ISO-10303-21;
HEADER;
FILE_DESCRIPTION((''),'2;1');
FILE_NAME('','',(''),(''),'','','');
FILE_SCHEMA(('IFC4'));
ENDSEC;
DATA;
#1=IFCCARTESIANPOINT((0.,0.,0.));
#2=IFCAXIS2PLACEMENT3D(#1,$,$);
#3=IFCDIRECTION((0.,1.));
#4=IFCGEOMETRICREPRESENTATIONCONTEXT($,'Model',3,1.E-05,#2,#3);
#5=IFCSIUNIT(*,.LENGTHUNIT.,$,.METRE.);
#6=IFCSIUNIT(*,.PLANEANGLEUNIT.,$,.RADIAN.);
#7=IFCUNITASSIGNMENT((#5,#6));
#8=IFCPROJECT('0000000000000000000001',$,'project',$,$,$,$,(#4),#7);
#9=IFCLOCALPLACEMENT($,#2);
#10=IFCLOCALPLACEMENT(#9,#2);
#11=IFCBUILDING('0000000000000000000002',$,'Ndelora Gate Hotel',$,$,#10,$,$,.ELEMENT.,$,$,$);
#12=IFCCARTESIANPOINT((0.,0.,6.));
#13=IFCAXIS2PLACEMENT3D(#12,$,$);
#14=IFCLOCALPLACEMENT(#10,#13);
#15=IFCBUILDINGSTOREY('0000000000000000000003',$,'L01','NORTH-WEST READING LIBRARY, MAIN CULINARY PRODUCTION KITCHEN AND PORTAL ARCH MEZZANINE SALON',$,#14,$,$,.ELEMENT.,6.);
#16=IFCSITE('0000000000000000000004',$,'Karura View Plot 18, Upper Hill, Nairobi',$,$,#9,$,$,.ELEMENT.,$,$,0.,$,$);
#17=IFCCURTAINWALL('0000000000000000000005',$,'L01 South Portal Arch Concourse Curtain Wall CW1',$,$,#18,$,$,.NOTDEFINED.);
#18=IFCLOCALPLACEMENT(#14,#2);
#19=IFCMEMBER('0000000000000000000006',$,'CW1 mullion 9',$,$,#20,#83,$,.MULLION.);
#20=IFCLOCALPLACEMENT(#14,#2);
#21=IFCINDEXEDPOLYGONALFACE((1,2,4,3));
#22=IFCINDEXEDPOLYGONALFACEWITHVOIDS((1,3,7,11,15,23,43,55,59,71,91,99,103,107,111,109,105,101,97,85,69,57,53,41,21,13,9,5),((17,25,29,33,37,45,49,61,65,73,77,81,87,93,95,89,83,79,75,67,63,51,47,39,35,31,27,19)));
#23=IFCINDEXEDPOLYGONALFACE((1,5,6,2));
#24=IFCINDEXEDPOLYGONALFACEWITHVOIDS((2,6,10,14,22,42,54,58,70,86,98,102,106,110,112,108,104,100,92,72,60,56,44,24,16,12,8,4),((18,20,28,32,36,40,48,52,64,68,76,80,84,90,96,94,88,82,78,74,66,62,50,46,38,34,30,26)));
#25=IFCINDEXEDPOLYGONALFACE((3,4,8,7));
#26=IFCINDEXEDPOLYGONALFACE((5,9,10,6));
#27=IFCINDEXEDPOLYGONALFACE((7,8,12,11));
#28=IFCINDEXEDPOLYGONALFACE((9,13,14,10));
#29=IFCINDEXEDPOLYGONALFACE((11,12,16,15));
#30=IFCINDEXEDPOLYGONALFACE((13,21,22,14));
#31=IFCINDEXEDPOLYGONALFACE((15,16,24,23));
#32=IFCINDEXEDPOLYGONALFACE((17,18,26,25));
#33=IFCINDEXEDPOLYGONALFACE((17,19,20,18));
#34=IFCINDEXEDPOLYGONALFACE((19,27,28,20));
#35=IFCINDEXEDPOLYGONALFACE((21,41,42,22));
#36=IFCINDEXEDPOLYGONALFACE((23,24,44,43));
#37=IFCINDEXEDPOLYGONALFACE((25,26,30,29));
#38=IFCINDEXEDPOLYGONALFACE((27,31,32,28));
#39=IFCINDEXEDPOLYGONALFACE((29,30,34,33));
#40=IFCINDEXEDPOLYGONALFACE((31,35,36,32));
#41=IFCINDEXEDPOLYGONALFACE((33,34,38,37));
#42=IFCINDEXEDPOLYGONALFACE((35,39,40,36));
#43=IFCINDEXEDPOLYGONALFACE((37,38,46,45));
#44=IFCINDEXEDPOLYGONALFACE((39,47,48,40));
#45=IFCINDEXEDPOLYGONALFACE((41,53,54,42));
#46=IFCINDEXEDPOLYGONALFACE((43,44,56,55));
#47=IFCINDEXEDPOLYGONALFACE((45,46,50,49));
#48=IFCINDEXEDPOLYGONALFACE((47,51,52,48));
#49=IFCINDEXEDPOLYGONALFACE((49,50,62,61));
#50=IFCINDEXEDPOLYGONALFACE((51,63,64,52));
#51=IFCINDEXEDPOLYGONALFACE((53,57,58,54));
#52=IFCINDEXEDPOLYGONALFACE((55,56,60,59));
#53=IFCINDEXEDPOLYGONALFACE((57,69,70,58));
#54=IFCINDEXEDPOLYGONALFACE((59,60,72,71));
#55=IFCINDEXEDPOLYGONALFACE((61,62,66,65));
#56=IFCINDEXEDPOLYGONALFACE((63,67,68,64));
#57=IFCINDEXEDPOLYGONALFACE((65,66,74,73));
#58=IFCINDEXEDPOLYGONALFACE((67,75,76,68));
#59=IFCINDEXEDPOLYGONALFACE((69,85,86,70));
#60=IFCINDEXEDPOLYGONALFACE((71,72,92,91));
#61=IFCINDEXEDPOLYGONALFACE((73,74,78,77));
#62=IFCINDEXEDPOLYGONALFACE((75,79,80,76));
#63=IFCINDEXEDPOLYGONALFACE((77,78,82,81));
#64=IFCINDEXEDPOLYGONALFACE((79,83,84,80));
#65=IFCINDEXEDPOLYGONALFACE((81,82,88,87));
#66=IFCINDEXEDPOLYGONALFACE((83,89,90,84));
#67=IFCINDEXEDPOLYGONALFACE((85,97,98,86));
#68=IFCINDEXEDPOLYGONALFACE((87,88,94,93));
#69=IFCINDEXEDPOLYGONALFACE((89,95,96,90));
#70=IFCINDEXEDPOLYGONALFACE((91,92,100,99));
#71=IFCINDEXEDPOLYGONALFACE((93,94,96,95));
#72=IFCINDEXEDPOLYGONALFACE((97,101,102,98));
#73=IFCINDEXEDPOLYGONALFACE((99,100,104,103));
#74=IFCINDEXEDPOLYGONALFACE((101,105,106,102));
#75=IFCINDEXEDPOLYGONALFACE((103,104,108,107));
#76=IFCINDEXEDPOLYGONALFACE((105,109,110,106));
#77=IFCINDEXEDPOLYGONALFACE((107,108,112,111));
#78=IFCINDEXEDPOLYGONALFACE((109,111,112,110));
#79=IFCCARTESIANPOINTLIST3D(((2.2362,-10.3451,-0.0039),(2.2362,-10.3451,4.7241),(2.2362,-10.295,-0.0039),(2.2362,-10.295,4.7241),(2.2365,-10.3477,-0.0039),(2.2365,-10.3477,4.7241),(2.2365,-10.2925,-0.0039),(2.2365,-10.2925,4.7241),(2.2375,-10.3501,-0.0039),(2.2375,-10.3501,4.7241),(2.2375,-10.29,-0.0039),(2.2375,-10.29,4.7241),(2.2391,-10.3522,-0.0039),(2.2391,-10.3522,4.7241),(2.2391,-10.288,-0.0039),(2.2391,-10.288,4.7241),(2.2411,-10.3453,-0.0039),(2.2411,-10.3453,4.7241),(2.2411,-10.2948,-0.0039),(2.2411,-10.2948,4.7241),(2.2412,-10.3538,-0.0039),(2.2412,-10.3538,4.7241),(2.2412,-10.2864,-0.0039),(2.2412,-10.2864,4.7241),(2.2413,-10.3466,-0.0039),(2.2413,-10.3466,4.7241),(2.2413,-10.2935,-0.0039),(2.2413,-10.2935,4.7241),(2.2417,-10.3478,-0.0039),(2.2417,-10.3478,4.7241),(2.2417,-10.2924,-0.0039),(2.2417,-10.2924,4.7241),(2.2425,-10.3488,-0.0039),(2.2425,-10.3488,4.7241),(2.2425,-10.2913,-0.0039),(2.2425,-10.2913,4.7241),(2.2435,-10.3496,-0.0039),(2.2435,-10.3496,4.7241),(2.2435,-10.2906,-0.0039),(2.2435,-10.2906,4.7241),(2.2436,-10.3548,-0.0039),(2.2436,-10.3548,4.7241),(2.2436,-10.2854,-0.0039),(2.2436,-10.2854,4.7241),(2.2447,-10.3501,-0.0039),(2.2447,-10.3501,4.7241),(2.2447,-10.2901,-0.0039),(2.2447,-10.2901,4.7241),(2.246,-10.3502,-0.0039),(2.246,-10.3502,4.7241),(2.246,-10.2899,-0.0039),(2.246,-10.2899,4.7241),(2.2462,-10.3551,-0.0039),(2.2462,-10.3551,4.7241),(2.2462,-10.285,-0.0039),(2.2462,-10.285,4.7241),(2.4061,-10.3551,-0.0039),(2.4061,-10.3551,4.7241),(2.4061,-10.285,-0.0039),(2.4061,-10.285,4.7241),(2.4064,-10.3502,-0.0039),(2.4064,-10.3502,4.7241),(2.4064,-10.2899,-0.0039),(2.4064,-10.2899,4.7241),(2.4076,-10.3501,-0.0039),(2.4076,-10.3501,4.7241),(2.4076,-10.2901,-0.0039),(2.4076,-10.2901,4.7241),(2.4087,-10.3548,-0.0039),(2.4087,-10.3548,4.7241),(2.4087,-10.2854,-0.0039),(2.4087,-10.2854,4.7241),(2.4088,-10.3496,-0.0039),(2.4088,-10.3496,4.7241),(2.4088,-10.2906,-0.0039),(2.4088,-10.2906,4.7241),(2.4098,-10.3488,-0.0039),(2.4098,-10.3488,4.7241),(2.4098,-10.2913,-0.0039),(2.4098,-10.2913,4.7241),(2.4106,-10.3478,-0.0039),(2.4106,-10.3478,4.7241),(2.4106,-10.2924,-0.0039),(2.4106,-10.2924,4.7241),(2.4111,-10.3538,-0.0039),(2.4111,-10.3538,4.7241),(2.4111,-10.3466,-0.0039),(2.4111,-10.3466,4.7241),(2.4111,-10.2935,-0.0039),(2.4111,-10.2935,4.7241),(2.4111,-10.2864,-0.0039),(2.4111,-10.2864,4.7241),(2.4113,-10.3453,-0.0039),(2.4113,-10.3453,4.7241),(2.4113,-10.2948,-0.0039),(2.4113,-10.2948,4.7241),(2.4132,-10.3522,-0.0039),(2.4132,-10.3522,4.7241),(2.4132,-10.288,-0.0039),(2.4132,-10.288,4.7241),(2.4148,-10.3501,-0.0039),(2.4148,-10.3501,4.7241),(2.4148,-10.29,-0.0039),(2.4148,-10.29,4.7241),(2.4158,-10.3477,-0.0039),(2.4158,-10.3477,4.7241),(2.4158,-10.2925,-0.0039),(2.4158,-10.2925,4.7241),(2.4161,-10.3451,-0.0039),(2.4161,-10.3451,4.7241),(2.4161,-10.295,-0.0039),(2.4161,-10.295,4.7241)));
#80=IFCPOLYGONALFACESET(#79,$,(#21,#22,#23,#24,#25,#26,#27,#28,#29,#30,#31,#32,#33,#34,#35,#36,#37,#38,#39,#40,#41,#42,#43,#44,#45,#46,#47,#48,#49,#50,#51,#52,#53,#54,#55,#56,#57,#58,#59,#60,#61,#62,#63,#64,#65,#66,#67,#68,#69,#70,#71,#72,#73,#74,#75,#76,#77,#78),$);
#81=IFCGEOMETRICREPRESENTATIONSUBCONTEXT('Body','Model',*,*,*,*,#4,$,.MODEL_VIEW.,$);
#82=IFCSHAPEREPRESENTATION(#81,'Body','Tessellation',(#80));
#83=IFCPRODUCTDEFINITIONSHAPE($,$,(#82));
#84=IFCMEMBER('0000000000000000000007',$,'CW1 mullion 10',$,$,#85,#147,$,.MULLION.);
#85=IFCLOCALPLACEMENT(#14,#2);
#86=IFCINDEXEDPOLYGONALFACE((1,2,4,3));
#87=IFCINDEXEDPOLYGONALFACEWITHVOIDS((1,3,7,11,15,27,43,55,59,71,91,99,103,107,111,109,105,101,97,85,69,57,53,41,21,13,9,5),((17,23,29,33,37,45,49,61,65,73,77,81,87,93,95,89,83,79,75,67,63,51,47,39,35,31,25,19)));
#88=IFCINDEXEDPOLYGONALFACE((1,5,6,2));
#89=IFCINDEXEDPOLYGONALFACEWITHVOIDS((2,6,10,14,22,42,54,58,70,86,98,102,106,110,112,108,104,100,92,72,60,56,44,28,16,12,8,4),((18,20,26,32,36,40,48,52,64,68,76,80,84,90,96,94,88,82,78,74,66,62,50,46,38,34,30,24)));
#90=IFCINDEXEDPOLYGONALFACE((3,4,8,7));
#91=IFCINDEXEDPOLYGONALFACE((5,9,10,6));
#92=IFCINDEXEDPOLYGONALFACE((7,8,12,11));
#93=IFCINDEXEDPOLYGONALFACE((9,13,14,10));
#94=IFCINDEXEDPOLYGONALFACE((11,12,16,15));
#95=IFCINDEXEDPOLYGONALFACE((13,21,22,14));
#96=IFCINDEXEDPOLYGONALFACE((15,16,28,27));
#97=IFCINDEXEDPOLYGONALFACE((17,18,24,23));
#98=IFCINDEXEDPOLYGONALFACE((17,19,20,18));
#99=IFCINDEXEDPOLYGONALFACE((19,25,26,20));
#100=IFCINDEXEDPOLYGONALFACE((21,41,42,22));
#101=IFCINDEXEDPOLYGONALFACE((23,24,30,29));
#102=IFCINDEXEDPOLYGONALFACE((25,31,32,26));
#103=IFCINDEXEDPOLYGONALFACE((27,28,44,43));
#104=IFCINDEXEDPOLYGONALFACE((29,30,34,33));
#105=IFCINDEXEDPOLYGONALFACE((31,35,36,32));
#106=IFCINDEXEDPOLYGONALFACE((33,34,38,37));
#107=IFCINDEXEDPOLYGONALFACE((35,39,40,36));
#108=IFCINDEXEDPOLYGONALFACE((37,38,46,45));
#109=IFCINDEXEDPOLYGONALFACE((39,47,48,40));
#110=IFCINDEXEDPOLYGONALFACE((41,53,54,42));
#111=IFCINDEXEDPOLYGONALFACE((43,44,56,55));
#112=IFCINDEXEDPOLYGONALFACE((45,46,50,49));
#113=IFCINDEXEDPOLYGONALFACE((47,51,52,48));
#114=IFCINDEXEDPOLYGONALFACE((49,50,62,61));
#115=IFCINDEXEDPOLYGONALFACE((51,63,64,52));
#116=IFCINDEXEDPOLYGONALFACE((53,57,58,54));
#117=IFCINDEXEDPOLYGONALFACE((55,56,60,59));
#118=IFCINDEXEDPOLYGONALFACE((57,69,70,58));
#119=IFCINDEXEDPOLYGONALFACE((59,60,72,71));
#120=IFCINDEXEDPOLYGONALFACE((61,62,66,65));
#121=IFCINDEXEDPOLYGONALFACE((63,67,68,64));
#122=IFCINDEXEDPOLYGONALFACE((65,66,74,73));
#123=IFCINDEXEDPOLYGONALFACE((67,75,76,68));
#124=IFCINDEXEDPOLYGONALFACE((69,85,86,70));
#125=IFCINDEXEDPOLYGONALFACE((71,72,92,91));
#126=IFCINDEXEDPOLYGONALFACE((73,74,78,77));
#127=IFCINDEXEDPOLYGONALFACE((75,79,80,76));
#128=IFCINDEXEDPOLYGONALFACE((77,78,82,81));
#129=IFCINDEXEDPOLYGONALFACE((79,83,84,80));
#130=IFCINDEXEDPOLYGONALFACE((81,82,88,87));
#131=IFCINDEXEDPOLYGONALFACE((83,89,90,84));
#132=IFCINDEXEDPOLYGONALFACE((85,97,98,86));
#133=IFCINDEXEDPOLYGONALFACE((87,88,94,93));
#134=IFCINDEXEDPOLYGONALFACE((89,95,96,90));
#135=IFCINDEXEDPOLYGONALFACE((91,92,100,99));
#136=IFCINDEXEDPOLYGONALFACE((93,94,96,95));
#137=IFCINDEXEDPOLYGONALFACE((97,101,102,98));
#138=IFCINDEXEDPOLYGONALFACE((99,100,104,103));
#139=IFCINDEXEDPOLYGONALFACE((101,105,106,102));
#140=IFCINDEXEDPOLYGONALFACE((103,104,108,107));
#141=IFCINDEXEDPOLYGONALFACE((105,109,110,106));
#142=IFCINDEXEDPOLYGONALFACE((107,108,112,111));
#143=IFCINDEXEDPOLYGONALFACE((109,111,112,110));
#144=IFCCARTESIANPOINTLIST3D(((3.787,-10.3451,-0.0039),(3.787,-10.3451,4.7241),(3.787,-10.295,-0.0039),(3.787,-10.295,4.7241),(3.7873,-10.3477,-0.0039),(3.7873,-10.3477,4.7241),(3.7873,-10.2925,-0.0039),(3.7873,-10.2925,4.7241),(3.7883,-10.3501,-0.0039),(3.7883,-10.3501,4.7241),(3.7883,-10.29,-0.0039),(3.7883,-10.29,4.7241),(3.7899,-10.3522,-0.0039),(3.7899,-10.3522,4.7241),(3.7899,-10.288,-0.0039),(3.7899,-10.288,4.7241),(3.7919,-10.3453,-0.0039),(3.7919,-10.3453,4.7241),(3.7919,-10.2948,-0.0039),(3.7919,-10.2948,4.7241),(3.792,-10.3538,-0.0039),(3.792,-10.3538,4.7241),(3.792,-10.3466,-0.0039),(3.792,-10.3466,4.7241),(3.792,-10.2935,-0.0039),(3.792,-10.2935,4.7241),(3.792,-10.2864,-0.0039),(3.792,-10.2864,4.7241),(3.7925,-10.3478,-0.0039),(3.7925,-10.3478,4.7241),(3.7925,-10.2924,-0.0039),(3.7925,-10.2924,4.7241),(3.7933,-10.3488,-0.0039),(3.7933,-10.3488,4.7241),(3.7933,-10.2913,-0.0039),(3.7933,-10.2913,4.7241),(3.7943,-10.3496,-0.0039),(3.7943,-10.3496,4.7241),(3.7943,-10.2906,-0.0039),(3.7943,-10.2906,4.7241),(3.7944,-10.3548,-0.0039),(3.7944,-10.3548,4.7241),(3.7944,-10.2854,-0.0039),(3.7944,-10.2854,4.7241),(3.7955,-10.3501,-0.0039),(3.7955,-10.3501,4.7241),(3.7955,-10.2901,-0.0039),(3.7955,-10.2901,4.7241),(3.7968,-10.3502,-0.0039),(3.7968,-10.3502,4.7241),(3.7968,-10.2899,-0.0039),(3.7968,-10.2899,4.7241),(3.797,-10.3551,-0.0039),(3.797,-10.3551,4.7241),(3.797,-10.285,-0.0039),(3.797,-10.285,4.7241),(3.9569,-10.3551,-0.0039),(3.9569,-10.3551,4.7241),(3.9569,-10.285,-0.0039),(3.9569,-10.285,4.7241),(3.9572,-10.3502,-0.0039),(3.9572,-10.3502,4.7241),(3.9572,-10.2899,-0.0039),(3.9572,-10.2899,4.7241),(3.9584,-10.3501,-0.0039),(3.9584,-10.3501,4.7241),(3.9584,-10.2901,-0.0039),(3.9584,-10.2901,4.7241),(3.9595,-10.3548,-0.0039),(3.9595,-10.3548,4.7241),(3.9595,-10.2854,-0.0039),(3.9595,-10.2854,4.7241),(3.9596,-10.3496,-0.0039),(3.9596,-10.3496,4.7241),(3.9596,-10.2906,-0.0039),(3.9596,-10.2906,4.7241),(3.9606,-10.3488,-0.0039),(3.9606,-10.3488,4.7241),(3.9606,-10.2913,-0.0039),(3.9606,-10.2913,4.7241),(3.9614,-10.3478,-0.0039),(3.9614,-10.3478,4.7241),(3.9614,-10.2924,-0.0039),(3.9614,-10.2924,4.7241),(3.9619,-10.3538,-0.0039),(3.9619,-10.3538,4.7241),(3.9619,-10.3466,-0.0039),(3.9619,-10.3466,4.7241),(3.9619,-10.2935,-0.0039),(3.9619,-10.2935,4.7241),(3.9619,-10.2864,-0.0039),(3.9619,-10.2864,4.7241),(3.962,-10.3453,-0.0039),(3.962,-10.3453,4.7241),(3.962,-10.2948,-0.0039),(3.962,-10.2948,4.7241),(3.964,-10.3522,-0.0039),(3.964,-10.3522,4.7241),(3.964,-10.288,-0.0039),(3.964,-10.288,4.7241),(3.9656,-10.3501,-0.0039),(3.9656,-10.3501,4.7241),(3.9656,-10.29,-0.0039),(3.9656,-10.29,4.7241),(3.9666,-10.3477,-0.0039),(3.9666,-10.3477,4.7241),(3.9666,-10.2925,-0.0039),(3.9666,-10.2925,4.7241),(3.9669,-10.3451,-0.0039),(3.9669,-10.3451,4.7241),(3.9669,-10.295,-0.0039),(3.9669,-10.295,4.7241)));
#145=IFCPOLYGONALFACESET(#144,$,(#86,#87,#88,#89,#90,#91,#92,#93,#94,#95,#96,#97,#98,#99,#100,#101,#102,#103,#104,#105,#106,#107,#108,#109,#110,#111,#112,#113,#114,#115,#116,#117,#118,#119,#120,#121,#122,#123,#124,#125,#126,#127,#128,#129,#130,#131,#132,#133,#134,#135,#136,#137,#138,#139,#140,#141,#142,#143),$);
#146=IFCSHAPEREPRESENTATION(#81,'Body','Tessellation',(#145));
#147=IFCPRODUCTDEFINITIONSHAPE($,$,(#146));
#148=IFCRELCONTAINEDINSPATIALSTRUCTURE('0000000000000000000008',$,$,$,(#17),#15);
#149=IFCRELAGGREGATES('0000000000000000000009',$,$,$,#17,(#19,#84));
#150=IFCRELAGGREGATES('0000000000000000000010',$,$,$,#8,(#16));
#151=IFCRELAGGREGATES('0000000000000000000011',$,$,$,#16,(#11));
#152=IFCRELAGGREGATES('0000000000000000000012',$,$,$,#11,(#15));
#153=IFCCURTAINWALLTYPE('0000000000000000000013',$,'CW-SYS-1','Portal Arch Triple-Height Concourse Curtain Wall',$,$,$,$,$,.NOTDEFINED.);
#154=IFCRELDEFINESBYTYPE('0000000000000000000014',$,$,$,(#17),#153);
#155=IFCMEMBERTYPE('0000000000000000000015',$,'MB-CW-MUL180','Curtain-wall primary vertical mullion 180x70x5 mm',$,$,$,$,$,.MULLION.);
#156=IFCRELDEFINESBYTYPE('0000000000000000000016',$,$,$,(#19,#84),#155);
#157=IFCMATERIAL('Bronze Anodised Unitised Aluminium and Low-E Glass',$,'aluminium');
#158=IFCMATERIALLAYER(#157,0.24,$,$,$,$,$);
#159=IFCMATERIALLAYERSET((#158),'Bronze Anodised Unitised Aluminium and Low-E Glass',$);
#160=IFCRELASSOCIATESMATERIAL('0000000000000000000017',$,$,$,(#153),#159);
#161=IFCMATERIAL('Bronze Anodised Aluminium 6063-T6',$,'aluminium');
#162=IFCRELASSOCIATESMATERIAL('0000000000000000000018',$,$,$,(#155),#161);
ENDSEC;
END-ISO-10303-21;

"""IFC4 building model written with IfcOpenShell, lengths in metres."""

from ifc_helpers import new_model, si_unit, direction, frame, origin, origin_2d, place, context, subcontext, project, spatial, hollow_rectangle, extrude, material, layer, layer_set, material_profile, profile_set, type_object, element, aggregate, save


model = new_model("IFC4")

# Units and contexts
model_context = context("Model", 3, precision=1e-05, world=origin(), true_north=direction((0.0, 1.0)))
body_context = subcontext(model_context, "Body", "Model", "MODEL_VIEW")
ifc_project = project(units=[si_unit("LENGTHUNIT", "METRE"), si_unit("PLANEANGLEUNIT", "RADIAN")], contexts=[model_context])

# Site, building, storey
site_placement = place(None, origin())
site = spatial("IfcSite", under=ifc_project, at=site_placement, Name="Karura View Plot 18, Upper Hill, Nairobi", CompositionType="ELEMENT", RefElevation=0.0)
building_placement = place(site_placement, origin())
building = spatial("IfcBuilding", under=site, at=building_placement, Name="Ndelora Gate Hotel", CompositionType="ELEMENT")
storey_placement = place(building_placement, frame((0.0, 0.0, 6.0)))
storey = spatial("IfcBuildingStorey", under=building, at=storey_placement, Name="L01", Description="NORTH-WEST READING LIBRARY, MAIN CULINARY PRODUCTION KITCHEN AND PORTAL ARCH MEZZANINE SALON", CompositionType="ELEMENT", Elevation=6.0)

# Curtain wall, members
ifc_material_1 = material(Name="Bronze Anodised Unitised Aluminium and Low-E Glass", Category="aluminium")
ifc_layer_1 = layer(ifc_material_1, 0.24)
ifc_layer_set_1 = layer_set([ifc_layer_1], Name="Bronze Anodised Unitised Aluminium and Low-E Glass")
curtain_wall_type = type_object("IfcCurtainWallType", Name="CW-SYS-1", Description="Portal Arch Triple-Height Concourse Curtain Wall", PredefinedType="NOTDEFINED", material=ifc_layer_set_1)
curtain_wall_placement = place(storey_placement, origin())
curtain_wall = element("IfcCurtainWall", 1, at=curtain_wall_placement, inside=storey, type_object=curtain_wall_type, Name="L01 South Portal Arch Concourse Curtain Wall CW1", PredefinedType="NOTDEFINED")
ifc_material_2 = material(Name="Bronze Anodised Aluminium 6063-T6", Category="aluminium")
ifc_material_profile_1 = material_profile(ifc_material_2, hollow_rectangle(XDim=0.0701, YDim=0.1799, WallThickness=0.0049, InnerFilletRadius=0.0049, OuterFilletRadius=0.01, at=origin_2d()), Name="ALU 180x70x5")
ifc_profile_set_1 = profile_set([ifc_material_profile_1], Name="Bronze Anodised Aluminium 6063-T6")
member_type_1 = type_object("IfcMemberType", Name="MB-CW-MUL180", Description="Curtain-wall primary vertical mullion 180x70x5 mm", PredefinedType="MULLION", material=ifc_profile_set_1)
member_1_placement = place(storey_placement, frame((2.3262, -10.3201, -0.0039), z_axis=(0.0, 0.0, 1.0), x_axis=(0.0, 1.0, 0.0)))
member_1 = element("IfcMember", 2, at=member_1_placement, type_object=member_type_1, Name="CW1 mullion 9", PredefinedType="MULLION", context=body_context, shape_type="SweptSolid", body=[
    extrude(hollow_rectangle(XDim=0.0701, YDim=0.1799, WallThickness=0.0049, InnerFilletRadius=0.0049, OuterFilletRadius=0.01, at=origin_2d()), origin(), (0.0, 0.0, 1.0), 4.728),
])
member_2_placement = place(storey_placement, frame((3.877, -10.3201, -0.0039), z_axis=(0.0, 0.0, 1.0), x_axis=(0.0, 1.0, 0.0)))
member_2 = element("IfcMember", 3, at=member_2_placement, type_object=member_type_1, Name="CW1 mullion 10", PredefinedType="MULLION", context=body_context, shape_type="SweptSolid", body=[
    extrude(hollow_rectangle(XDim=0.0701, YDim=0.1799, WallThickness=0.0049, InnerFilletRadius=0.0049, OuterFilletRadius=0.01, at=origin_2d()), origin(), (0.0, 0.0, 1.0), 4.728),
])
aggregate(curtain_wall, [member_1, member_2])

save(model, "model.ifc")
